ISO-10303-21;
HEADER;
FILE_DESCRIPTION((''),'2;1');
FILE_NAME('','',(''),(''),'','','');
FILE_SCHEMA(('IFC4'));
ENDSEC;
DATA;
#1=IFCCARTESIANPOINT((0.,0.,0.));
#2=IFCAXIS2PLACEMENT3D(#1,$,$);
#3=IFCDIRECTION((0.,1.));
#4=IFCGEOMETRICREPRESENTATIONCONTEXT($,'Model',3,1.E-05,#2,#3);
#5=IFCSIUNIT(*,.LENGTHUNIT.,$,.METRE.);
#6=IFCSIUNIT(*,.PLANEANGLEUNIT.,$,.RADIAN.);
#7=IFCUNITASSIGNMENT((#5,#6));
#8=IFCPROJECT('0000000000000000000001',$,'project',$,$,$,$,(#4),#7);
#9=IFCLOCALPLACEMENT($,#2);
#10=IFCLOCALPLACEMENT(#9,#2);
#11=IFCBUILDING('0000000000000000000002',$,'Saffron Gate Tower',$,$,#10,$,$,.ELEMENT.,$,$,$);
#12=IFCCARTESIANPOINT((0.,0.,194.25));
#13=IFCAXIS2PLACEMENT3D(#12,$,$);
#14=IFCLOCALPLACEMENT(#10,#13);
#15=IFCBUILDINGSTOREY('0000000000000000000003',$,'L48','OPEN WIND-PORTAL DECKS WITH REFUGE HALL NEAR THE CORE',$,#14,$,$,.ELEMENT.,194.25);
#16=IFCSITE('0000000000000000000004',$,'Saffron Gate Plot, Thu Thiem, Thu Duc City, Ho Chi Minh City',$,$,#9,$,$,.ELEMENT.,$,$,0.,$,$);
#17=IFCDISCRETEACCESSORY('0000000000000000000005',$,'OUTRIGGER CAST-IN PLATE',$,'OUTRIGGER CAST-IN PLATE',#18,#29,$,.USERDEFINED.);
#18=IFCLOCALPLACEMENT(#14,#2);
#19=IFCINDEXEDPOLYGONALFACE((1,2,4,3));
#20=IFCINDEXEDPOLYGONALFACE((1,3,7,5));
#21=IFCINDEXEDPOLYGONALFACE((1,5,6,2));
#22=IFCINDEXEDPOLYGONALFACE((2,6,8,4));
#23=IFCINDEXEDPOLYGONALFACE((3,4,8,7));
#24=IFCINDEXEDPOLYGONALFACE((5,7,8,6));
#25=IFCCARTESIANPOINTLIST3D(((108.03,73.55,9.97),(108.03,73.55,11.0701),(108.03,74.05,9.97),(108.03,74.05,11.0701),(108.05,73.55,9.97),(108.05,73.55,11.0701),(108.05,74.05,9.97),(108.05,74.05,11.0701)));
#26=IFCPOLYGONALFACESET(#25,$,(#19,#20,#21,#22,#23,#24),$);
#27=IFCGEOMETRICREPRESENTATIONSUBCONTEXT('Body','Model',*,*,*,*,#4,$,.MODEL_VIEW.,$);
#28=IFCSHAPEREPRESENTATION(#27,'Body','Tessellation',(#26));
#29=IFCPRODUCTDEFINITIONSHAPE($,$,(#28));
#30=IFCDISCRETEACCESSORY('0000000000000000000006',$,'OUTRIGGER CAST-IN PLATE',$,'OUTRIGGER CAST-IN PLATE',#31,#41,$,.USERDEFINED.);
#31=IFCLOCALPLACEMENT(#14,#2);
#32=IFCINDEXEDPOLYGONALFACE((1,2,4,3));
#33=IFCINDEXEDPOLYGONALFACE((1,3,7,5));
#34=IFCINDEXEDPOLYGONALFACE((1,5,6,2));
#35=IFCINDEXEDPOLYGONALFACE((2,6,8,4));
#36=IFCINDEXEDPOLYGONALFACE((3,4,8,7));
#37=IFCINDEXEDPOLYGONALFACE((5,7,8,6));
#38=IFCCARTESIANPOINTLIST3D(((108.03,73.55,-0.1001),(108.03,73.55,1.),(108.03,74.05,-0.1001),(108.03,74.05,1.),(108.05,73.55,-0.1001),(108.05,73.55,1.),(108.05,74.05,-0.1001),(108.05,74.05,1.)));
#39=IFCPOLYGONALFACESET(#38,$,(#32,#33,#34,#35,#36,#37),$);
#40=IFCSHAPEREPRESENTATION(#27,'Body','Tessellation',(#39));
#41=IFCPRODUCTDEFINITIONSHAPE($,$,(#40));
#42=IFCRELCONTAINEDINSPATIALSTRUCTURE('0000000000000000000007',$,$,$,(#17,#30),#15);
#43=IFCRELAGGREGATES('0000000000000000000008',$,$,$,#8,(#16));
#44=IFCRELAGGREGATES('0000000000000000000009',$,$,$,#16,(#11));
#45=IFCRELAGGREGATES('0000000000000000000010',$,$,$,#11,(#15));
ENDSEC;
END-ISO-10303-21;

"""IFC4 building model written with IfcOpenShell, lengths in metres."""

from ifc_helpers import new_model, si_unit, direction, frame, origin, origin_2d, place, context, subcontext, project, spatial, rectangle, extrude, element, save


model = new_model("IFC4")

# Units and contexts
model_context = context("Model", 3, precision=1e-05, world=origin(), true_north=direction((0.0, 1.0)))
body_context = subcontext(model_context, "Body", "Model", "MODEL_VIEW")
ifc_project = project(units=[si_unit("LENGTHUNIT", "METRE"), si_unit("PLANEANGLEUNIT", "RADIAN")], contexts=[model_context])

# Site, building, storey
site_placement = place(None, origin())
site = spatial("IfcSite", under=ifc_project, at=site_placement, Name="Saffron Gate Plot, Thu Thiem, Thu Duc City, Ho Chi Minh City", CompositionType="ELEMENT", RefElevation=0.0)
building_placement = place(site_placement, origin())
building = spatial("IfcBuilding", under=site, at=building_placement, Name="Saffron Gate Tower", CompositionType="ELEMENT")
storey_placement = place(building_placement, frame((0.0, 0.0, 194.25)))
storey = spatial("IfcBuildingStorey", under=building, at=storey_placement, Name="L48", Description="OPEN WIND-PORTAL DECKS WITH REFUGE HALL NEAR THE CORE", CompositionType="ELEMENT", Elevation=194.25)

# Discrete accessories
for number, where, z_axis, x_axis, name in (
    (1, (108.04, 73.8, 9.97), (0.0, 0.0, 1.0), (-1.0, 0.0, 0.0), "OUTRIGGER CAST-IN PLATE"),
    (2, (108.04, 73.8, -0.1001), (0.0, 0.0, 1.0), (-1.0, 0.0, 0.0), "OUTRIGGER CAST-IN PLATE"),
):
    element("IfcDiscreteAccessory", number, at=place(storey_placement, frame(where, z_axis=z_axis, x_axis=x_axis)), inside=storey, Name=name, ObjectType="OUTRIGGER CAST-IN PLATE", PredefinedType="USERDEFINED", context=body_context, shape_type="SweptSolid", body=[
        extrude(rectangle(XDim=0.02, YDim=0.5, at=origin_2d()), origin(), (0.0, 0.0, 1.0), 1.1001),
    ])

save(model, "model.ifc")
